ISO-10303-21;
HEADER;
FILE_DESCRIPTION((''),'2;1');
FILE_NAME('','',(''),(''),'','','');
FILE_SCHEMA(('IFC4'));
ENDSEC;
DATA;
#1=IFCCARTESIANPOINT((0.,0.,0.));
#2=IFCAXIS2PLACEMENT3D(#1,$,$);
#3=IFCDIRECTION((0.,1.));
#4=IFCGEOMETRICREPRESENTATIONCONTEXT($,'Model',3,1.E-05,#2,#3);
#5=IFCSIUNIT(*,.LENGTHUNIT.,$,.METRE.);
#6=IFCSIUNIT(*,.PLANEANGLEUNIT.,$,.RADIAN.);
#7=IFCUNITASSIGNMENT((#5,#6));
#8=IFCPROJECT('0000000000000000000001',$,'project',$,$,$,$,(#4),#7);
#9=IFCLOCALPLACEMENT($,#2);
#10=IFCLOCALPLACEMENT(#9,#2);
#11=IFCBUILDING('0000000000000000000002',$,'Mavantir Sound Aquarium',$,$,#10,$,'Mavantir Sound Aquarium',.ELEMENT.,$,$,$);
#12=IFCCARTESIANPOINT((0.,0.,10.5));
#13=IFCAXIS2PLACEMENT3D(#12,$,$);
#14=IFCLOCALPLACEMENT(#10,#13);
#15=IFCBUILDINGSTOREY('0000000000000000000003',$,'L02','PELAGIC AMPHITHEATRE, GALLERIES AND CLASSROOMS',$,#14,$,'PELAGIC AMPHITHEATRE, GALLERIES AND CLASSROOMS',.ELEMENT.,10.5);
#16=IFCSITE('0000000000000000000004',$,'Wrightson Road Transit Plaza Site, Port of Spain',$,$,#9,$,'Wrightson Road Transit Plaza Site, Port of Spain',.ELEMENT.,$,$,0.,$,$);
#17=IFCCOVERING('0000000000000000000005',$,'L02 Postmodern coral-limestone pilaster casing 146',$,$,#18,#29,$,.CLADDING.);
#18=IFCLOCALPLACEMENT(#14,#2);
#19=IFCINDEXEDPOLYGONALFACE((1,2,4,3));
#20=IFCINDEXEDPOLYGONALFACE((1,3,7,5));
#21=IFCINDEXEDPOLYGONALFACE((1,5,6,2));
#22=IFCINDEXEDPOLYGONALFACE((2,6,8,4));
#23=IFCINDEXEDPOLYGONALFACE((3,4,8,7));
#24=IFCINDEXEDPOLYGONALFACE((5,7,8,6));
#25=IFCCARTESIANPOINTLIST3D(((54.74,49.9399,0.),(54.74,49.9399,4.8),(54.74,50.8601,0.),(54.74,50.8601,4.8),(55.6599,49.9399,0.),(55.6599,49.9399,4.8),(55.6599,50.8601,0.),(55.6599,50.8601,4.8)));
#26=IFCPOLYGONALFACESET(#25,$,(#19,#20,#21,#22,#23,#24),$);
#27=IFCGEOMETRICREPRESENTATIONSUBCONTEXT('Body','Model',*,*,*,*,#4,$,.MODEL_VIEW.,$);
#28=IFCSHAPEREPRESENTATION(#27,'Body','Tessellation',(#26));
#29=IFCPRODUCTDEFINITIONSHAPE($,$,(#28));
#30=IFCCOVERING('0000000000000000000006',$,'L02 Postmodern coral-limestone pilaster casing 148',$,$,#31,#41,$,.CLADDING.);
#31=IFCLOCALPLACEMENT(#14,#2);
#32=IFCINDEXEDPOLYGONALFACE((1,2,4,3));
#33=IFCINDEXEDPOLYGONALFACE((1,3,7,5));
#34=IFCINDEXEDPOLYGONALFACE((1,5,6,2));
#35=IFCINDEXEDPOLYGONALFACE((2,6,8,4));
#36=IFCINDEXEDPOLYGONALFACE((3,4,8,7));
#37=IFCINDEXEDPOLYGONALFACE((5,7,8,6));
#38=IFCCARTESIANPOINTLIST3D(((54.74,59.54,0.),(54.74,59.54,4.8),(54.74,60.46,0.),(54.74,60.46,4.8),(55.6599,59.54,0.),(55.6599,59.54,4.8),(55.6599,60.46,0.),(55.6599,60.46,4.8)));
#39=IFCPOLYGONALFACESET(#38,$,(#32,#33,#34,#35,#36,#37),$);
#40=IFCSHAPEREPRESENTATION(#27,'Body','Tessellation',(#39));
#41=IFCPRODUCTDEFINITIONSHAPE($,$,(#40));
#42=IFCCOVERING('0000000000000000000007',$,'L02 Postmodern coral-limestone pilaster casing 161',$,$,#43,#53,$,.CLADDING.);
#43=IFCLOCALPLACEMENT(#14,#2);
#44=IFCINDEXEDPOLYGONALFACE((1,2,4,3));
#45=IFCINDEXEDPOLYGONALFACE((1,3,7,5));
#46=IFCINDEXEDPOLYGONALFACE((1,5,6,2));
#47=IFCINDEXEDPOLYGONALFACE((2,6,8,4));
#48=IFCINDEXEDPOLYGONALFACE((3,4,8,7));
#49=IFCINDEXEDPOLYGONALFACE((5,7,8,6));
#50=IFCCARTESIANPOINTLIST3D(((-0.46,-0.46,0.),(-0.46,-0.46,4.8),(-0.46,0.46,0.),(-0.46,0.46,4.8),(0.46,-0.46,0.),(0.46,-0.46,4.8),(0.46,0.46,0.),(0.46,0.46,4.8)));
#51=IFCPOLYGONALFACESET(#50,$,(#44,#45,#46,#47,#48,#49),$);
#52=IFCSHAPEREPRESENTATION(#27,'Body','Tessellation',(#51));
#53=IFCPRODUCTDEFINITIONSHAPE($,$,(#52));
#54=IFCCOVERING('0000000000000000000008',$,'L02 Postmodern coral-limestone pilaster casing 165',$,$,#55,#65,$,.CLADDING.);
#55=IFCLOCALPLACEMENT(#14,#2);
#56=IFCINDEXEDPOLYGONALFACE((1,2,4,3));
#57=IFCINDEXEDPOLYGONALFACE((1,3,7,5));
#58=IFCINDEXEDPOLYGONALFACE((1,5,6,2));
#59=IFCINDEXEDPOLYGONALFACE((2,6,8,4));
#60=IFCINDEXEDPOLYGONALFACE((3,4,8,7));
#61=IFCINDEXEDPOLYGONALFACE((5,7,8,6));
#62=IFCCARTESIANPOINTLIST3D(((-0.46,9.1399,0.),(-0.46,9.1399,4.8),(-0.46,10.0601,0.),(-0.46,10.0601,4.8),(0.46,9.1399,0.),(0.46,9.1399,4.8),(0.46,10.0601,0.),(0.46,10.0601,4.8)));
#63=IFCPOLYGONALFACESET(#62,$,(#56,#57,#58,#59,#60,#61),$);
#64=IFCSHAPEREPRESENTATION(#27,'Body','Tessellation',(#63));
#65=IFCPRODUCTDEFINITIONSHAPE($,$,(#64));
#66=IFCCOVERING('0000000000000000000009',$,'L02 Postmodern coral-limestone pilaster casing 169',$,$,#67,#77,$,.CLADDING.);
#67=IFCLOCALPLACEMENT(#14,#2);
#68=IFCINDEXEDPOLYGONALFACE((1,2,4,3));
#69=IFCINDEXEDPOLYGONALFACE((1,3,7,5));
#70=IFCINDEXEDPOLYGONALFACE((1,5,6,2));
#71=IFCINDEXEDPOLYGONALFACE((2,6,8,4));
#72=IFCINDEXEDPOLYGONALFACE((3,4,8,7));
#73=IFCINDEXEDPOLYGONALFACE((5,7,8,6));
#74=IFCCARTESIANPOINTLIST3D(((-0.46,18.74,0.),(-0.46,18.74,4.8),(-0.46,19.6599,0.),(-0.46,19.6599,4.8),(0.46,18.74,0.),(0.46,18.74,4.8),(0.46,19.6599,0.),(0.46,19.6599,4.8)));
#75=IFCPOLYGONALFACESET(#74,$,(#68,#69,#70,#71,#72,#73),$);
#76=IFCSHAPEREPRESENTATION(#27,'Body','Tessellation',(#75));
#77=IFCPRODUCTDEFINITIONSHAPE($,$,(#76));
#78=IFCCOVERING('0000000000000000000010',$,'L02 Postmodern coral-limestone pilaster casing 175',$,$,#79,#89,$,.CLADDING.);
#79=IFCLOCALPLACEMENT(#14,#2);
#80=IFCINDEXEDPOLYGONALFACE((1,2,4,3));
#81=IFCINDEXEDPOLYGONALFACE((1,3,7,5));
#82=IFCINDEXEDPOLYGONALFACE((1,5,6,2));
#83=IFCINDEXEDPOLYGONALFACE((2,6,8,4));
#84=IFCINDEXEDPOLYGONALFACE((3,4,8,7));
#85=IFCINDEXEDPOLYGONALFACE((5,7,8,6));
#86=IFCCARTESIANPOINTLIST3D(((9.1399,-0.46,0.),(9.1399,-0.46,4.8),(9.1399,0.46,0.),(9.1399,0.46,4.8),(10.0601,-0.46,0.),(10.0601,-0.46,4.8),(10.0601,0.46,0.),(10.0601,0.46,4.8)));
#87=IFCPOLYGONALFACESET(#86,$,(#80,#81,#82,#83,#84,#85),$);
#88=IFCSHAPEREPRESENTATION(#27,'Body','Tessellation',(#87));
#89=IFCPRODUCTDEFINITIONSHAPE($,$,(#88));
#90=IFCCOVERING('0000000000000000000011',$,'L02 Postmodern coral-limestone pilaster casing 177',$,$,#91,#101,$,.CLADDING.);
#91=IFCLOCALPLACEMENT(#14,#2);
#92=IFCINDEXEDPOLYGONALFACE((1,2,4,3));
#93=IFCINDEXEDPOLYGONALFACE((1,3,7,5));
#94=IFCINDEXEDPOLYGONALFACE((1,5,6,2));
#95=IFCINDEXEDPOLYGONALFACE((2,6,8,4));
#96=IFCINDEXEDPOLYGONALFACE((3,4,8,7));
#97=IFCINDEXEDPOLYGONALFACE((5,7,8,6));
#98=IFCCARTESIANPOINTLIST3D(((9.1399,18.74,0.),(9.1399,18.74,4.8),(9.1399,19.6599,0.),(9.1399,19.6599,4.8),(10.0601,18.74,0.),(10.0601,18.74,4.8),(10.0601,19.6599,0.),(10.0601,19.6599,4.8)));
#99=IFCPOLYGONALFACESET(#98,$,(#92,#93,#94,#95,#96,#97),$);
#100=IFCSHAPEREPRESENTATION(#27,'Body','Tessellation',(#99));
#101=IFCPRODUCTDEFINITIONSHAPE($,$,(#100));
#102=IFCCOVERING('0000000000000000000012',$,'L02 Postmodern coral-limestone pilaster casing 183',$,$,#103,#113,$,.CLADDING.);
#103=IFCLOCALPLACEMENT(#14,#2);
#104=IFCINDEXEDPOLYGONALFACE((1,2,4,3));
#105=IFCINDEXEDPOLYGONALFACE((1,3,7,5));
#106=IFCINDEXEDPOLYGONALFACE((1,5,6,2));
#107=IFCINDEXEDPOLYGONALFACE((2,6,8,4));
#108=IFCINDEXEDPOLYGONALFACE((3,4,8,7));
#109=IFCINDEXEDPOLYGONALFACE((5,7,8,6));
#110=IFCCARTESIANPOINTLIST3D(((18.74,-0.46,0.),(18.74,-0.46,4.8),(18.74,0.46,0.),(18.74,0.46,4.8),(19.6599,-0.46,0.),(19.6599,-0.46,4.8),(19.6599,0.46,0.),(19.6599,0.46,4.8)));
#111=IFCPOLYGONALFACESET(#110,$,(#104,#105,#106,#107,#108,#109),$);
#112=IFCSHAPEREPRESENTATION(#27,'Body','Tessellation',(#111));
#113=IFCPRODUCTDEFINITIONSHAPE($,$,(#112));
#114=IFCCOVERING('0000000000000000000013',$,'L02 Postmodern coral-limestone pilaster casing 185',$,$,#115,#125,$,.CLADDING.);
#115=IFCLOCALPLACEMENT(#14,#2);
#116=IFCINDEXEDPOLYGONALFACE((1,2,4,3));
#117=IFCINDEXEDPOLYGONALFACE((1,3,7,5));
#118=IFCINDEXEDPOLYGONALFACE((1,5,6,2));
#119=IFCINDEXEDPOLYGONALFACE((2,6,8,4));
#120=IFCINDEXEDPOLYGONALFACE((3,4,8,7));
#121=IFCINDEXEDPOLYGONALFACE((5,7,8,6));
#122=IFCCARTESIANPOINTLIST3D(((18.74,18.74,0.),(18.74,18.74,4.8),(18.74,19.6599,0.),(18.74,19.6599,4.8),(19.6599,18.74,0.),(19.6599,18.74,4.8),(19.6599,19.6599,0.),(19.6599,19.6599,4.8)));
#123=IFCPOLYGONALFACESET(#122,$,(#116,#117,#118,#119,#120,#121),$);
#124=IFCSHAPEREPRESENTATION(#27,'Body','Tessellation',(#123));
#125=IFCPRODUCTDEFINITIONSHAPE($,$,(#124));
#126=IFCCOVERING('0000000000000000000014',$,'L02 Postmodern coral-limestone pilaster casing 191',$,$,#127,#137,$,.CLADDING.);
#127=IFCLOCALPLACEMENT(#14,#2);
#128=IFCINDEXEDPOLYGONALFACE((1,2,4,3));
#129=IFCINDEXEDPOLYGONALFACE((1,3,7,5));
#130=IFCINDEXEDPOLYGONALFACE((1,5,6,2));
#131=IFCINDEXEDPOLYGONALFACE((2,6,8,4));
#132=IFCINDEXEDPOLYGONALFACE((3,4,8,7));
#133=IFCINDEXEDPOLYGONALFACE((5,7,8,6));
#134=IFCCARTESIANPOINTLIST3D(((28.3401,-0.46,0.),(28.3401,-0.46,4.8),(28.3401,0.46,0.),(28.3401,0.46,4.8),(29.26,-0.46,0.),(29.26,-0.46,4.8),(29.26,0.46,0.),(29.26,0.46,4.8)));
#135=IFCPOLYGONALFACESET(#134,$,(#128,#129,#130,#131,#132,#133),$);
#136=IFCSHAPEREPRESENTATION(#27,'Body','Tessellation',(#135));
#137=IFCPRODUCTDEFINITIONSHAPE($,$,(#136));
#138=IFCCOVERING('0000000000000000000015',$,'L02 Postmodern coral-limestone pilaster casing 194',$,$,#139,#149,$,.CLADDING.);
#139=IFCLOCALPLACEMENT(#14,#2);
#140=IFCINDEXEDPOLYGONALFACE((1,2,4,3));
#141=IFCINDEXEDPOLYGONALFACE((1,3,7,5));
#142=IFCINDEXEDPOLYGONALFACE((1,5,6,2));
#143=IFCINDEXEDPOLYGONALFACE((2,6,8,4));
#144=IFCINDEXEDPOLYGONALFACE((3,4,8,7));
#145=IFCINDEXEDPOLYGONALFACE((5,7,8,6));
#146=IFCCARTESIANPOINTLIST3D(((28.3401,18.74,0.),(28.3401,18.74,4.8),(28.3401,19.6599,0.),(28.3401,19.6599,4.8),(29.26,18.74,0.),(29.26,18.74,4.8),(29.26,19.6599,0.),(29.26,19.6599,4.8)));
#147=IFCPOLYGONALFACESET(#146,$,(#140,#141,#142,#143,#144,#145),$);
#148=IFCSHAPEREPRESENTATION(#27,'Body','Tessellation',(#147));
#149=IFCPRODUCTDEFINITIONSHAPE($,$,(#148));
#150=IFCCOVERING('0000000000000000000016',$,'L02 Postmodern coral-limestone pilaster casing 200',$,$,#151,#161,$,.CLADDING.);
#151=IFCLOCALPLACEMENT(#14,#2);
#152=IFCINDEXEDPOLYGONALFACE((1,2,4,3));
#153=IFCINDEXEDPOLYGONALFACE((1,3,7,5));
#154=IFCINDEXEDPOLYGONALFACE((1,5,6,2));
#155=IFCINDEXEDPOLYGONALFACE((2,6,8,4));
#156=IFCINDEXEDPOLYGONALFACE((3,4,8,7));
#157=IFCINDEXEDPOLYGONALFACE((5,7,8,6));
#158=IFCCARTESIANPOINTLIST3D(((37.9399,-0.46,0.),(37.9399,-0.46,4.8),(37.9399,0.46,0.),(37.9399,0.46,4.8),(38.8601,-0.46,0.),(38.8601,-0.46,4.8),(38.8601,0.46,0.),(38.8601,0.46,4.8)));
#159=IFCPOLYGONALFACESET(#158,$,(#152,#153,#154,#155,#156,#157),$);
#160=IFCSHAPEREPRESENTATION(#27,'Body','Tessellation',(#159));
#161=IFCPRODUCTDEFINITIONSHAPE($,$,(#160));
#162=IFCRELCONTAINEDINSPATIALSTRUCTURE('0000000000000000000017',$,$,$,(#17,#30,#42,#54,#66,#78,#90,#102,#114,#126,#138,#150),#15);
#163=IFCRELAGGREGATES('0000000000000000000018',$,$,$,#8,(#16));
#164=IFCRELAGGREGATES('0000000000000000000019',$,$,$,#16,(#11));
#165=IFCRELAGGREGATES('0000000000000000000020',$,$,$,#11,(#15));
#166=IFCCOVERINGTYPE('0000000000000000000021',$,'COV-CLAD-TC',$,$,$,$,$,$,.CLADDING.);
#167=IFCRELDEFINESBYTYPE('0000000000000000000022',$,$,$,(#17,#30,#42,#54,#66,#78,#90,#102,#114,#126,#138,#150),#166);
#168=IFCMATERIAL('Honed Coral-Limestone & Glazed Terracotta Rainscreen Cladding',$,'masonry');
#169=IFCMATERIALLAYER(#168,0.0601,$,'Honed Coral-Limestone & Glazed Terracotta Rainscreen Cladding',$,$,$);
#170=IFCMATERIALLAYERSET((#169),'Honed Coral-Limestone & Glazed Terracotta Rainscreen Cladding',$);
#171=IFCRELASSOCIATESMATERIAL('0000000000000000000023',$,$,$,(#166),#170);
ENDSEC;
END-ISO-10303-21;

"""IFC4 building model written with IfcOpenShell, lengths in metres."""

from ifc_helpers import new_model, si_unit, direction, frame, origin, place, context, subcontext, project, spatial, polyline, outline, extrude, material, layer, layer_set, type_object, element, save


model = new_model("IFC4")

# Units and contexts
model_context = context("Model", 3, precision=1e-05, world=origin(), true_north=direction((0.0, 1.0)))
body_context = subcontext(model_context, "Body", "Model", "MODEL_VIEW")
ifc_project = project(units=[si_unit("LENGTHUNIT", "METRE"), si_unit("PLANEANGLEUNIT", "RADIAN")], contexts=[model_context])

# Site, building, storey
site_placement = place(None, origin())
site = spatial("IfcSite", under=ifc_project, at=site_placement, Name="Wrightson Road Transit Plaza Site, Port of Spain", LongName="Wrightson Road Transit Plaza Site, Port of Spain", CompositionType="ELEMENT", RefElevation=0.0)
building_placement = place(site_placement, origin())
building = spatial("IfcBuilding", under=site, at=building_placement, Name="Mavantir Sound Aquarium", LongName="Mavantir Sound Aquarium", CompositionType="ELEMENT")
storey_placement = place(building_placement, frame((0.0, 0.0, 10.5)))
storey = spatial("IfcBuildingStorey", under=building, at=storey_placement, Name="L02", Description="PELAGIC AMPHITHEATRE, GALLERIES AND CLASSROOMS", LongName="PELAGIC AMPHITHEATRE, GALLERIES AND CLASSROOMS", CompositionType="ELEMENT", Elevation=10.5)

# Coverings
ifc_material = material(Name="Honed Coral-Limestone & Glazed Terracotta Rainscreen Cladding", Category="masonry")
ifc_layer = layer(ifc_material, 0.0601, Name="Honed Coral-Limestone & Glazed Terracotta Rainscreen Cladding")
ifc_layer_set = layer_set([ifc_layer], Name="Honed Coral-Limestone & Glazed Terracotta Rainscreen Cladding")
covering_type = type_object("IfcCoveringType", Name="COV-CLAD-TC", PredefinedType="CLADDING", material=ifc_layer_set)
covering_1_placement = place(storey_placement, origin())
element("IfcCovering", 1, at=covering_1_placement, inside=storey, type_object=covering_type, Name="L02 Postmodern coral-limestone pilaster casing 146", PredefinedType="CLADDING", context=body_context, shape_type="SweptSolid", body=[
    extrude(outline(polyline([(54.74, 49.9399), (55.6599, 49.9399), (55.6599, 50.8601), (54.74, 50.8601), (54.74, 49.9399)])), origin(), (0.0, 0.0, 1.0), 4.8),
])
covering_2_placement = place(storey_placement, origin())
element("IfcCovering", 2, at=covering_2_placement, inside=storey, type_object=covering_type, Name="L02 Postmodern coral-limestone pilaster casing 148", PredefinedType="CLADDING", context=body_context, shape_type="SweptSolid", body=[
    extrude(outline(polyline([(54.74, 59.54), (55.6599, 59.54), (55.6599, 60.46), (54.74, 60.46), (54.74, 59.54)])), origin(), (0.0, 0.0, 1.0), 4.8),
])
covering_3_placement = place(storey_placement, origin())
element("IfcCovering", 3, at=covering_3_placement, inside=storey, type_object=covering_type, Name="L02 Postmodern coral-limestone pilaster casing 161", PredefinedType="CLADDING", context=body_context, shape_type="SweptSolid", body=[
    extrude(outline(polyline([(-0.46, -0.46), (0.46, -0.46), (0.46, 0.46), (-0.46, 0.46), (-0.46, -0.46)])), origin(), (0.0, 0.0, 1.0), 4.8),
])
covering_4_placement = place(storey_placement, origin())
element("IfcCovering", 4, at=covering_4_placement, inside=storey, type_object=covering_type, Name="L02 Postmodern coral-limestone pilaster casing 165", PredefinedType="CLADDING", context=body_context, shape_type="SweptSolid", body=[
    extrude(outline(polyline([(-0.46, 9.1399), (0.46, 9.1399), (0.46, 10.0601), (-0.46, 10.0601), (-0.46, 9.1399)])), origin(), (0.0, 0.0, 1.0), 4.8),
])
covering_5_placement = place(storey_placement, origin())
element("IfcCovering", 5, at=covering_5_placement, inside=storey, type_object=covering_type, Name="L02 Postmodern coral-limestone pilaster casing 169", PredefinedType="CLADDING", context=body_context, shape_type="SweptSolid", body=[
    extrude(outline(polyline([(-0.46, 18.74), (0.46, 18.74), (0.46, 19.6599), (-0.46, 19.6599), (-0.46, 18.74)])), origin(), (0.0, 0.0, 1.0), 4.8),
])
covering_6_placement = place(storey_placement, origin())
element("IfcCovering", 6, at=covering_6_placement, inside=storey, type_object=covering_type, Name="L02 Postmodern coral-limestone pilaster casing 175", PredefinedType="CLADDING", context=body_context, shape_type="SweptSolid", body=[
    extrude(outline(polyline([(9.1399, -0.46), (10.0601, -0.46), (10.0601, 0.46), (9.1399, 0.46), (9.1399, -0.46)])), origin(), (0.0, 0.0, 1.0), 4.8),
])
covering_7_placement = place(storey_placement, origin())
element("IfcCovering", 7, at=covering_7_placement, inside=storey, type_object=covering_type, Name="L02 Postmodern coral-limestone pilaster casing 177", PredefinedType="CLADDING", context=body_context, shape_type="SweptSolid", body=[
    extrude(outline(polyline([(9.1399, 18.74), (10.0601, 18.74), (10.0601, 19.6599), (9.1399, 19.6599), (9.1399, 18.74)])), origin(), (0.0, 0.0, 1.0), 4.8),
])
covering_8_placement = place(storey_placement, origin())
element("IfcCovering", 8, at=covering_8_placement, inside=storey, type_object=covering_type, Name="L02 Postmodern coral-limestone pilaster casing 183", PredefinedType="CLADDING", context=body_context, shape_type="SweptSolid", body=[
    extrude(outline(polyline([(18.74, -0.46), (19.6599, -0.46), (19.6599, 0.46), (18.74, 0.46), (18.74, -0.46)])), origin(), (0.0, 0.0, 1.0), 4.8),
])
covering_9_placement = place(storey_placement, origin())
element("IfcCovering", 9, at=covering_9_placement, inside=storey, type_object=covering_type, Name="L02 Postmodern coral-limestone pilaster casing 185", PredefinedType="CLADDING", context=body_context, shape_type="SweptSolid", body=[
    extrude(outline(polyline([(18.74, 18.74), (19.6599, 18.74), (19.6599, 19.6599), (18.74, 19.6599), (18.74, 18.74)])), origin(), (0.0, 0.0, 1.0), 4.8),
])
covering_10_placement = place(storey_placement, origin())
element("IfcCovering", 10, at=covering_10_placement, inside=storey, type_object=covering_type, Name="L02 Postmodern coral-limestone pilaster casing 191", PredefinedType="CLADDING", context=body_context, shape_type="SweptSolid", body=[
    extrude(outline(polyline([(28.3401, -0.46), (29.26, -0.46), (29.26, 0.46), (28.3401, 0.46), (28.3401, -0.46)])), origin(), (0.0, 0.0, 1.0), 4.8),
])
covering_11_placement = place(storey_placement, origin())
element("IfcCovering", 11, at=covering_11_placement, inside=storey, type_object=covering_type, Name="L02 Postmodern coral-limestone pilaster casing 194", PredefinedType="CLADDING", context=body_context, shape_type="SweptSolid", body=[
    extrude(outline(polyline([(28.3401, 18.74), (29.26, 18.74), (29.26, 19.6599), (28.3401, 19.6599), (28.3401, 18.74)])), origin(), (0.0, 0.0, 1.0), 4.8),
])
covering_12_placement = place(storey_placement, origin())
element("IfcCovering", 12, at=covering_12_placement, inside=storey, type_object=covering_type, Name="L02 Postmodern coral-limestone pilaster casing 200", PredefinedType="CLADDING", context=body_context, shape_type="SweptSolid", body=[
    extrude(outline(polyline([(37.9399, -0.46), (38.8601, -0.46), (38.8601, 0.46), (37.9399, 0.46), (37.9399, -0.46)])), origin(), (0.0, 0.0, 1.0), 4.8),
])

save(model, "model.ifc")
